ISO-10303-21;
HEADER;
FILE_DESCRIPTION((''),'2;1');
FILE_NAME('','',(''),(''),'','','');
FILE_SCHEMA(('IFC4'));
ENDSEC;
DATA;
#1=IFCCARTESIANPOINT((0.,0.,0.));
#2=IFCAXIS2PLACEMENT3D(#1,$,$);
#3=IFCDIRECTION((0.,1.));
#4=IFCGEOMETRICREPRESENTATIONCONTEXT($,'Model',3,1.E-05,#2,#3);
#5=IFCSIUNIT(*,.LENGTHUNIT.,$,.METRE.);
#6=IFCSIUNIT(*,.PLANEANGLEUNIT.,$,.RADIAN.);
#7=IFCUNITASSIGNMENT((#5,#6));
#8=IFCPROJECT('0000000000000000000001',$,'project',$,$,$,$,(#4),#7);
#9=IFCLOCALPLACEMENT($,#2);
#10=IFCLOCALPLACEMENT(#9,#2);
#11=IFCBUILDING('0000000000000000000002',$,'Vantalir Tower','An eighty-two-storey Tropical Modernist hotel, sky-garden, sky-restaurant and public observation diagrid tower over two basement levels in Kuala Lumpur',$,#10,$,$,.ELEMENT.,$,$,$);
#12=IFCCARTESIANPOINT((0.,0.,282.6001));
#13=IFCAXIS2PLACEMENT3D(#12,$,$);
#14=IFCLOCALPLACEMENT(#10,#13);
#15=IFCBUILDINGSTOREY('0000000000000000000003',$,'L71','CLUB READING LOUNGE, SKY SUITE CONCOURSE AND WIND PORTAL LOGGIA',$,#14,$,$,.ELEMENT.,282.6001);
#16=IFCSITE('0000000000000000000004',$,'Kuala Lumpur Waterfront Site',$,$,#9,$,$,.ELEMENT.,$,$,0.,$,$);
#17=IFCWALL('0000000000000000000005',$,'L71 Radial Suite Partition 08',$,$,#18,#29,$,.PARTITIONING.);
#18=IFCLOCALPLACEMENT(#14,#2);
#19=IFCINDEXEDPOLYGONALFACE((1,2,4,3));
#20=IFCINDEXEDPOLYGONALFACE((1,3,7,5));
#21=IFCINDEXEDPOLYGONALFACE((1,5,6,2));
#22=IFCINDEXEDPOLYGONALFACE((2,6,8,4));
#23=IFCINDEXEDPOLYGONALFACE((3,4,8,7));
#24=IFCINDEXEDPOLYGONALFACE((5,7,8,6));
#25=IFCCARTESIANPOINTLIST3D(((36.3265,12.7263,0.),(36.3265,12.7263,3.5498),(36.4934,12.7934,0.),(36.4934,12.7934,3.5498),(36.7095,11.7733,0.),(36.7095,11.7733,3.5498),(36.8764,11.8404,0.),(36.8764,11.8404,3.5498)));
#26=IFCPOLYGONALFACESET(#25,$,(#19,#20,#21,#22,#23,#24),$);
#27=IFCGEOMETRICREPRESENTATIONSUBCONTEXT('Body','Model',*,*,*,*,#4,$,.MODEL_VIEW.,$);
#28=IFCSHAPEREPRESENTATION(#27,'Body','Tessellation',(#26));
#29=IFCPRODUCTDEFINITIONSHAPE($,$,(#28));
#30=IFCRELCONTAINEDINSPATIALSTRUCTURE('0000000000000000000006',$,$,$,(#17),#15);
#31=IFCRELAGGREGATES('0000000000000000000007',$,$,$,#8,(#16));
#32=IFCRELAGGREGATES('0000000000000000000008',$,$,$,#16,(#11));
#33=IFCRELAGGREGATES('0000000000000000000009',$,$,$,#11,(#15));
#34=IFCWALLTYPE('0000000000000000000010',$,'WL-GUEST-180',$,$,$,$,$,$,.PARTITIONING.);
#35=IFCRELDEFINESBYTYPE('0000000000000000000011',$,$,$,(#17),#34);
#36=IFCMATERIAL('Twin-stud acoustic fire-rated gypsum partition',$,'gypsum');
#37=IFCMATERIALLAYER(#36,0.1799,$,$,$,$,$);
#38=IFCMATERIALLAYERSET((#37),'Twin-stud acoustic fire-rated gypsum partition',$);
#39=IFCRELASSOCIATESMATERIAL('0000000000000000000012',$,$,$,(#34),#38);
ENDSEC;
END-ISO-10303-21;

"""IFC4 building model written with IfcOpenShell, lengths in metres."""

from ifc_helpers import new_model, si_unit, direction, frame, frame_2d, origin, place, context, subcontext, project, spatial, rectangle, extrude, material, layer, layer_set, type_object, element, save


model = new_model("IFC4")

# Units and contexts
model_context = context("Model", 3, precision=1e-05, world=origin(), true_north=direction((0.0, 1.0)))
body_context = subcontext(model_context, "Body", "Model", "MODEL_VIEW")
ifc_project = project(units=[si_unit("LENGTHUNIT", "METRE"), si_unit("PLANEANGLEUNIT", "RADIAN")], contexts=[model_context])

# Site, building, storey
site_placement = place(None, origin())
site = spatial("IfcSite", under=ifc_project, at=site_placement, Name="Kuala Lumpur Waterfront Site", CompositionType="ELEMENT", RefElevation=0.0)
building_placement = place(site_placement, origin())
building = spatial("IfcBuilding", under=site, at=building_placement, Name="Vantalir Tower", Description="An eighty-two-storey Tropical Modernist hotel, sky-garden, sky-restaurant and public observation diagrid tower over two basement levels in Kuala Lumpur", CompositionType="ELEMENT")
storey_placement = place(building_placement, frame((0.0, 0.0, 282.6001)))
storey = spatial("IfcBuildingStorey", under=building, at=storey_placement, Name="L71", Description="CLUB READING LOUNGE, SKY SUITE CONCOURSE AND WIND PORTAL LOGGIA", CompositionType="ELEMENT", Elevation=282.6001)

# Wall
ifc_material_1 = material(Name="Twin-stud acoustic fire-rated gypsum partition", Category="gypsum")
ifc_layer_1 = layer(ifc_material_1, 0.1799)
ifc_layer_set_1 = layer_set([ifc_layer_1], Name="Twin-stud acoustic fire-rated gypsum partition")
wall_type_1 = type_object("IfcWallType", Name="WL-GUEST-180", PredefinedType="PARTITIONING", material=ifc_layer_set_1)
wall_1_placement = place(storey_placement, frame((36.4099, 12.76, 0.0), z_axis=(0.0, 0.0, 1.0), x_axis=(0.372906, -0.927869, 0.0)))
element("IfcWall", 1, at=wall_1_placement, inside=storey, type_object=wall_type_1, Name="L71 Radial Suite Partition 08", PredefinedType="PARTITIONING", context=body_context, shape_type="SweptSolid", body=[
    extrude(rectangle(XDim=1.0271, YDim=0.1799, at=frame_2d((0.5137, 0.0))), origin(), (0.0, 0.0, 1.0), 3.5498),
])

save(model, "model.ifc")
